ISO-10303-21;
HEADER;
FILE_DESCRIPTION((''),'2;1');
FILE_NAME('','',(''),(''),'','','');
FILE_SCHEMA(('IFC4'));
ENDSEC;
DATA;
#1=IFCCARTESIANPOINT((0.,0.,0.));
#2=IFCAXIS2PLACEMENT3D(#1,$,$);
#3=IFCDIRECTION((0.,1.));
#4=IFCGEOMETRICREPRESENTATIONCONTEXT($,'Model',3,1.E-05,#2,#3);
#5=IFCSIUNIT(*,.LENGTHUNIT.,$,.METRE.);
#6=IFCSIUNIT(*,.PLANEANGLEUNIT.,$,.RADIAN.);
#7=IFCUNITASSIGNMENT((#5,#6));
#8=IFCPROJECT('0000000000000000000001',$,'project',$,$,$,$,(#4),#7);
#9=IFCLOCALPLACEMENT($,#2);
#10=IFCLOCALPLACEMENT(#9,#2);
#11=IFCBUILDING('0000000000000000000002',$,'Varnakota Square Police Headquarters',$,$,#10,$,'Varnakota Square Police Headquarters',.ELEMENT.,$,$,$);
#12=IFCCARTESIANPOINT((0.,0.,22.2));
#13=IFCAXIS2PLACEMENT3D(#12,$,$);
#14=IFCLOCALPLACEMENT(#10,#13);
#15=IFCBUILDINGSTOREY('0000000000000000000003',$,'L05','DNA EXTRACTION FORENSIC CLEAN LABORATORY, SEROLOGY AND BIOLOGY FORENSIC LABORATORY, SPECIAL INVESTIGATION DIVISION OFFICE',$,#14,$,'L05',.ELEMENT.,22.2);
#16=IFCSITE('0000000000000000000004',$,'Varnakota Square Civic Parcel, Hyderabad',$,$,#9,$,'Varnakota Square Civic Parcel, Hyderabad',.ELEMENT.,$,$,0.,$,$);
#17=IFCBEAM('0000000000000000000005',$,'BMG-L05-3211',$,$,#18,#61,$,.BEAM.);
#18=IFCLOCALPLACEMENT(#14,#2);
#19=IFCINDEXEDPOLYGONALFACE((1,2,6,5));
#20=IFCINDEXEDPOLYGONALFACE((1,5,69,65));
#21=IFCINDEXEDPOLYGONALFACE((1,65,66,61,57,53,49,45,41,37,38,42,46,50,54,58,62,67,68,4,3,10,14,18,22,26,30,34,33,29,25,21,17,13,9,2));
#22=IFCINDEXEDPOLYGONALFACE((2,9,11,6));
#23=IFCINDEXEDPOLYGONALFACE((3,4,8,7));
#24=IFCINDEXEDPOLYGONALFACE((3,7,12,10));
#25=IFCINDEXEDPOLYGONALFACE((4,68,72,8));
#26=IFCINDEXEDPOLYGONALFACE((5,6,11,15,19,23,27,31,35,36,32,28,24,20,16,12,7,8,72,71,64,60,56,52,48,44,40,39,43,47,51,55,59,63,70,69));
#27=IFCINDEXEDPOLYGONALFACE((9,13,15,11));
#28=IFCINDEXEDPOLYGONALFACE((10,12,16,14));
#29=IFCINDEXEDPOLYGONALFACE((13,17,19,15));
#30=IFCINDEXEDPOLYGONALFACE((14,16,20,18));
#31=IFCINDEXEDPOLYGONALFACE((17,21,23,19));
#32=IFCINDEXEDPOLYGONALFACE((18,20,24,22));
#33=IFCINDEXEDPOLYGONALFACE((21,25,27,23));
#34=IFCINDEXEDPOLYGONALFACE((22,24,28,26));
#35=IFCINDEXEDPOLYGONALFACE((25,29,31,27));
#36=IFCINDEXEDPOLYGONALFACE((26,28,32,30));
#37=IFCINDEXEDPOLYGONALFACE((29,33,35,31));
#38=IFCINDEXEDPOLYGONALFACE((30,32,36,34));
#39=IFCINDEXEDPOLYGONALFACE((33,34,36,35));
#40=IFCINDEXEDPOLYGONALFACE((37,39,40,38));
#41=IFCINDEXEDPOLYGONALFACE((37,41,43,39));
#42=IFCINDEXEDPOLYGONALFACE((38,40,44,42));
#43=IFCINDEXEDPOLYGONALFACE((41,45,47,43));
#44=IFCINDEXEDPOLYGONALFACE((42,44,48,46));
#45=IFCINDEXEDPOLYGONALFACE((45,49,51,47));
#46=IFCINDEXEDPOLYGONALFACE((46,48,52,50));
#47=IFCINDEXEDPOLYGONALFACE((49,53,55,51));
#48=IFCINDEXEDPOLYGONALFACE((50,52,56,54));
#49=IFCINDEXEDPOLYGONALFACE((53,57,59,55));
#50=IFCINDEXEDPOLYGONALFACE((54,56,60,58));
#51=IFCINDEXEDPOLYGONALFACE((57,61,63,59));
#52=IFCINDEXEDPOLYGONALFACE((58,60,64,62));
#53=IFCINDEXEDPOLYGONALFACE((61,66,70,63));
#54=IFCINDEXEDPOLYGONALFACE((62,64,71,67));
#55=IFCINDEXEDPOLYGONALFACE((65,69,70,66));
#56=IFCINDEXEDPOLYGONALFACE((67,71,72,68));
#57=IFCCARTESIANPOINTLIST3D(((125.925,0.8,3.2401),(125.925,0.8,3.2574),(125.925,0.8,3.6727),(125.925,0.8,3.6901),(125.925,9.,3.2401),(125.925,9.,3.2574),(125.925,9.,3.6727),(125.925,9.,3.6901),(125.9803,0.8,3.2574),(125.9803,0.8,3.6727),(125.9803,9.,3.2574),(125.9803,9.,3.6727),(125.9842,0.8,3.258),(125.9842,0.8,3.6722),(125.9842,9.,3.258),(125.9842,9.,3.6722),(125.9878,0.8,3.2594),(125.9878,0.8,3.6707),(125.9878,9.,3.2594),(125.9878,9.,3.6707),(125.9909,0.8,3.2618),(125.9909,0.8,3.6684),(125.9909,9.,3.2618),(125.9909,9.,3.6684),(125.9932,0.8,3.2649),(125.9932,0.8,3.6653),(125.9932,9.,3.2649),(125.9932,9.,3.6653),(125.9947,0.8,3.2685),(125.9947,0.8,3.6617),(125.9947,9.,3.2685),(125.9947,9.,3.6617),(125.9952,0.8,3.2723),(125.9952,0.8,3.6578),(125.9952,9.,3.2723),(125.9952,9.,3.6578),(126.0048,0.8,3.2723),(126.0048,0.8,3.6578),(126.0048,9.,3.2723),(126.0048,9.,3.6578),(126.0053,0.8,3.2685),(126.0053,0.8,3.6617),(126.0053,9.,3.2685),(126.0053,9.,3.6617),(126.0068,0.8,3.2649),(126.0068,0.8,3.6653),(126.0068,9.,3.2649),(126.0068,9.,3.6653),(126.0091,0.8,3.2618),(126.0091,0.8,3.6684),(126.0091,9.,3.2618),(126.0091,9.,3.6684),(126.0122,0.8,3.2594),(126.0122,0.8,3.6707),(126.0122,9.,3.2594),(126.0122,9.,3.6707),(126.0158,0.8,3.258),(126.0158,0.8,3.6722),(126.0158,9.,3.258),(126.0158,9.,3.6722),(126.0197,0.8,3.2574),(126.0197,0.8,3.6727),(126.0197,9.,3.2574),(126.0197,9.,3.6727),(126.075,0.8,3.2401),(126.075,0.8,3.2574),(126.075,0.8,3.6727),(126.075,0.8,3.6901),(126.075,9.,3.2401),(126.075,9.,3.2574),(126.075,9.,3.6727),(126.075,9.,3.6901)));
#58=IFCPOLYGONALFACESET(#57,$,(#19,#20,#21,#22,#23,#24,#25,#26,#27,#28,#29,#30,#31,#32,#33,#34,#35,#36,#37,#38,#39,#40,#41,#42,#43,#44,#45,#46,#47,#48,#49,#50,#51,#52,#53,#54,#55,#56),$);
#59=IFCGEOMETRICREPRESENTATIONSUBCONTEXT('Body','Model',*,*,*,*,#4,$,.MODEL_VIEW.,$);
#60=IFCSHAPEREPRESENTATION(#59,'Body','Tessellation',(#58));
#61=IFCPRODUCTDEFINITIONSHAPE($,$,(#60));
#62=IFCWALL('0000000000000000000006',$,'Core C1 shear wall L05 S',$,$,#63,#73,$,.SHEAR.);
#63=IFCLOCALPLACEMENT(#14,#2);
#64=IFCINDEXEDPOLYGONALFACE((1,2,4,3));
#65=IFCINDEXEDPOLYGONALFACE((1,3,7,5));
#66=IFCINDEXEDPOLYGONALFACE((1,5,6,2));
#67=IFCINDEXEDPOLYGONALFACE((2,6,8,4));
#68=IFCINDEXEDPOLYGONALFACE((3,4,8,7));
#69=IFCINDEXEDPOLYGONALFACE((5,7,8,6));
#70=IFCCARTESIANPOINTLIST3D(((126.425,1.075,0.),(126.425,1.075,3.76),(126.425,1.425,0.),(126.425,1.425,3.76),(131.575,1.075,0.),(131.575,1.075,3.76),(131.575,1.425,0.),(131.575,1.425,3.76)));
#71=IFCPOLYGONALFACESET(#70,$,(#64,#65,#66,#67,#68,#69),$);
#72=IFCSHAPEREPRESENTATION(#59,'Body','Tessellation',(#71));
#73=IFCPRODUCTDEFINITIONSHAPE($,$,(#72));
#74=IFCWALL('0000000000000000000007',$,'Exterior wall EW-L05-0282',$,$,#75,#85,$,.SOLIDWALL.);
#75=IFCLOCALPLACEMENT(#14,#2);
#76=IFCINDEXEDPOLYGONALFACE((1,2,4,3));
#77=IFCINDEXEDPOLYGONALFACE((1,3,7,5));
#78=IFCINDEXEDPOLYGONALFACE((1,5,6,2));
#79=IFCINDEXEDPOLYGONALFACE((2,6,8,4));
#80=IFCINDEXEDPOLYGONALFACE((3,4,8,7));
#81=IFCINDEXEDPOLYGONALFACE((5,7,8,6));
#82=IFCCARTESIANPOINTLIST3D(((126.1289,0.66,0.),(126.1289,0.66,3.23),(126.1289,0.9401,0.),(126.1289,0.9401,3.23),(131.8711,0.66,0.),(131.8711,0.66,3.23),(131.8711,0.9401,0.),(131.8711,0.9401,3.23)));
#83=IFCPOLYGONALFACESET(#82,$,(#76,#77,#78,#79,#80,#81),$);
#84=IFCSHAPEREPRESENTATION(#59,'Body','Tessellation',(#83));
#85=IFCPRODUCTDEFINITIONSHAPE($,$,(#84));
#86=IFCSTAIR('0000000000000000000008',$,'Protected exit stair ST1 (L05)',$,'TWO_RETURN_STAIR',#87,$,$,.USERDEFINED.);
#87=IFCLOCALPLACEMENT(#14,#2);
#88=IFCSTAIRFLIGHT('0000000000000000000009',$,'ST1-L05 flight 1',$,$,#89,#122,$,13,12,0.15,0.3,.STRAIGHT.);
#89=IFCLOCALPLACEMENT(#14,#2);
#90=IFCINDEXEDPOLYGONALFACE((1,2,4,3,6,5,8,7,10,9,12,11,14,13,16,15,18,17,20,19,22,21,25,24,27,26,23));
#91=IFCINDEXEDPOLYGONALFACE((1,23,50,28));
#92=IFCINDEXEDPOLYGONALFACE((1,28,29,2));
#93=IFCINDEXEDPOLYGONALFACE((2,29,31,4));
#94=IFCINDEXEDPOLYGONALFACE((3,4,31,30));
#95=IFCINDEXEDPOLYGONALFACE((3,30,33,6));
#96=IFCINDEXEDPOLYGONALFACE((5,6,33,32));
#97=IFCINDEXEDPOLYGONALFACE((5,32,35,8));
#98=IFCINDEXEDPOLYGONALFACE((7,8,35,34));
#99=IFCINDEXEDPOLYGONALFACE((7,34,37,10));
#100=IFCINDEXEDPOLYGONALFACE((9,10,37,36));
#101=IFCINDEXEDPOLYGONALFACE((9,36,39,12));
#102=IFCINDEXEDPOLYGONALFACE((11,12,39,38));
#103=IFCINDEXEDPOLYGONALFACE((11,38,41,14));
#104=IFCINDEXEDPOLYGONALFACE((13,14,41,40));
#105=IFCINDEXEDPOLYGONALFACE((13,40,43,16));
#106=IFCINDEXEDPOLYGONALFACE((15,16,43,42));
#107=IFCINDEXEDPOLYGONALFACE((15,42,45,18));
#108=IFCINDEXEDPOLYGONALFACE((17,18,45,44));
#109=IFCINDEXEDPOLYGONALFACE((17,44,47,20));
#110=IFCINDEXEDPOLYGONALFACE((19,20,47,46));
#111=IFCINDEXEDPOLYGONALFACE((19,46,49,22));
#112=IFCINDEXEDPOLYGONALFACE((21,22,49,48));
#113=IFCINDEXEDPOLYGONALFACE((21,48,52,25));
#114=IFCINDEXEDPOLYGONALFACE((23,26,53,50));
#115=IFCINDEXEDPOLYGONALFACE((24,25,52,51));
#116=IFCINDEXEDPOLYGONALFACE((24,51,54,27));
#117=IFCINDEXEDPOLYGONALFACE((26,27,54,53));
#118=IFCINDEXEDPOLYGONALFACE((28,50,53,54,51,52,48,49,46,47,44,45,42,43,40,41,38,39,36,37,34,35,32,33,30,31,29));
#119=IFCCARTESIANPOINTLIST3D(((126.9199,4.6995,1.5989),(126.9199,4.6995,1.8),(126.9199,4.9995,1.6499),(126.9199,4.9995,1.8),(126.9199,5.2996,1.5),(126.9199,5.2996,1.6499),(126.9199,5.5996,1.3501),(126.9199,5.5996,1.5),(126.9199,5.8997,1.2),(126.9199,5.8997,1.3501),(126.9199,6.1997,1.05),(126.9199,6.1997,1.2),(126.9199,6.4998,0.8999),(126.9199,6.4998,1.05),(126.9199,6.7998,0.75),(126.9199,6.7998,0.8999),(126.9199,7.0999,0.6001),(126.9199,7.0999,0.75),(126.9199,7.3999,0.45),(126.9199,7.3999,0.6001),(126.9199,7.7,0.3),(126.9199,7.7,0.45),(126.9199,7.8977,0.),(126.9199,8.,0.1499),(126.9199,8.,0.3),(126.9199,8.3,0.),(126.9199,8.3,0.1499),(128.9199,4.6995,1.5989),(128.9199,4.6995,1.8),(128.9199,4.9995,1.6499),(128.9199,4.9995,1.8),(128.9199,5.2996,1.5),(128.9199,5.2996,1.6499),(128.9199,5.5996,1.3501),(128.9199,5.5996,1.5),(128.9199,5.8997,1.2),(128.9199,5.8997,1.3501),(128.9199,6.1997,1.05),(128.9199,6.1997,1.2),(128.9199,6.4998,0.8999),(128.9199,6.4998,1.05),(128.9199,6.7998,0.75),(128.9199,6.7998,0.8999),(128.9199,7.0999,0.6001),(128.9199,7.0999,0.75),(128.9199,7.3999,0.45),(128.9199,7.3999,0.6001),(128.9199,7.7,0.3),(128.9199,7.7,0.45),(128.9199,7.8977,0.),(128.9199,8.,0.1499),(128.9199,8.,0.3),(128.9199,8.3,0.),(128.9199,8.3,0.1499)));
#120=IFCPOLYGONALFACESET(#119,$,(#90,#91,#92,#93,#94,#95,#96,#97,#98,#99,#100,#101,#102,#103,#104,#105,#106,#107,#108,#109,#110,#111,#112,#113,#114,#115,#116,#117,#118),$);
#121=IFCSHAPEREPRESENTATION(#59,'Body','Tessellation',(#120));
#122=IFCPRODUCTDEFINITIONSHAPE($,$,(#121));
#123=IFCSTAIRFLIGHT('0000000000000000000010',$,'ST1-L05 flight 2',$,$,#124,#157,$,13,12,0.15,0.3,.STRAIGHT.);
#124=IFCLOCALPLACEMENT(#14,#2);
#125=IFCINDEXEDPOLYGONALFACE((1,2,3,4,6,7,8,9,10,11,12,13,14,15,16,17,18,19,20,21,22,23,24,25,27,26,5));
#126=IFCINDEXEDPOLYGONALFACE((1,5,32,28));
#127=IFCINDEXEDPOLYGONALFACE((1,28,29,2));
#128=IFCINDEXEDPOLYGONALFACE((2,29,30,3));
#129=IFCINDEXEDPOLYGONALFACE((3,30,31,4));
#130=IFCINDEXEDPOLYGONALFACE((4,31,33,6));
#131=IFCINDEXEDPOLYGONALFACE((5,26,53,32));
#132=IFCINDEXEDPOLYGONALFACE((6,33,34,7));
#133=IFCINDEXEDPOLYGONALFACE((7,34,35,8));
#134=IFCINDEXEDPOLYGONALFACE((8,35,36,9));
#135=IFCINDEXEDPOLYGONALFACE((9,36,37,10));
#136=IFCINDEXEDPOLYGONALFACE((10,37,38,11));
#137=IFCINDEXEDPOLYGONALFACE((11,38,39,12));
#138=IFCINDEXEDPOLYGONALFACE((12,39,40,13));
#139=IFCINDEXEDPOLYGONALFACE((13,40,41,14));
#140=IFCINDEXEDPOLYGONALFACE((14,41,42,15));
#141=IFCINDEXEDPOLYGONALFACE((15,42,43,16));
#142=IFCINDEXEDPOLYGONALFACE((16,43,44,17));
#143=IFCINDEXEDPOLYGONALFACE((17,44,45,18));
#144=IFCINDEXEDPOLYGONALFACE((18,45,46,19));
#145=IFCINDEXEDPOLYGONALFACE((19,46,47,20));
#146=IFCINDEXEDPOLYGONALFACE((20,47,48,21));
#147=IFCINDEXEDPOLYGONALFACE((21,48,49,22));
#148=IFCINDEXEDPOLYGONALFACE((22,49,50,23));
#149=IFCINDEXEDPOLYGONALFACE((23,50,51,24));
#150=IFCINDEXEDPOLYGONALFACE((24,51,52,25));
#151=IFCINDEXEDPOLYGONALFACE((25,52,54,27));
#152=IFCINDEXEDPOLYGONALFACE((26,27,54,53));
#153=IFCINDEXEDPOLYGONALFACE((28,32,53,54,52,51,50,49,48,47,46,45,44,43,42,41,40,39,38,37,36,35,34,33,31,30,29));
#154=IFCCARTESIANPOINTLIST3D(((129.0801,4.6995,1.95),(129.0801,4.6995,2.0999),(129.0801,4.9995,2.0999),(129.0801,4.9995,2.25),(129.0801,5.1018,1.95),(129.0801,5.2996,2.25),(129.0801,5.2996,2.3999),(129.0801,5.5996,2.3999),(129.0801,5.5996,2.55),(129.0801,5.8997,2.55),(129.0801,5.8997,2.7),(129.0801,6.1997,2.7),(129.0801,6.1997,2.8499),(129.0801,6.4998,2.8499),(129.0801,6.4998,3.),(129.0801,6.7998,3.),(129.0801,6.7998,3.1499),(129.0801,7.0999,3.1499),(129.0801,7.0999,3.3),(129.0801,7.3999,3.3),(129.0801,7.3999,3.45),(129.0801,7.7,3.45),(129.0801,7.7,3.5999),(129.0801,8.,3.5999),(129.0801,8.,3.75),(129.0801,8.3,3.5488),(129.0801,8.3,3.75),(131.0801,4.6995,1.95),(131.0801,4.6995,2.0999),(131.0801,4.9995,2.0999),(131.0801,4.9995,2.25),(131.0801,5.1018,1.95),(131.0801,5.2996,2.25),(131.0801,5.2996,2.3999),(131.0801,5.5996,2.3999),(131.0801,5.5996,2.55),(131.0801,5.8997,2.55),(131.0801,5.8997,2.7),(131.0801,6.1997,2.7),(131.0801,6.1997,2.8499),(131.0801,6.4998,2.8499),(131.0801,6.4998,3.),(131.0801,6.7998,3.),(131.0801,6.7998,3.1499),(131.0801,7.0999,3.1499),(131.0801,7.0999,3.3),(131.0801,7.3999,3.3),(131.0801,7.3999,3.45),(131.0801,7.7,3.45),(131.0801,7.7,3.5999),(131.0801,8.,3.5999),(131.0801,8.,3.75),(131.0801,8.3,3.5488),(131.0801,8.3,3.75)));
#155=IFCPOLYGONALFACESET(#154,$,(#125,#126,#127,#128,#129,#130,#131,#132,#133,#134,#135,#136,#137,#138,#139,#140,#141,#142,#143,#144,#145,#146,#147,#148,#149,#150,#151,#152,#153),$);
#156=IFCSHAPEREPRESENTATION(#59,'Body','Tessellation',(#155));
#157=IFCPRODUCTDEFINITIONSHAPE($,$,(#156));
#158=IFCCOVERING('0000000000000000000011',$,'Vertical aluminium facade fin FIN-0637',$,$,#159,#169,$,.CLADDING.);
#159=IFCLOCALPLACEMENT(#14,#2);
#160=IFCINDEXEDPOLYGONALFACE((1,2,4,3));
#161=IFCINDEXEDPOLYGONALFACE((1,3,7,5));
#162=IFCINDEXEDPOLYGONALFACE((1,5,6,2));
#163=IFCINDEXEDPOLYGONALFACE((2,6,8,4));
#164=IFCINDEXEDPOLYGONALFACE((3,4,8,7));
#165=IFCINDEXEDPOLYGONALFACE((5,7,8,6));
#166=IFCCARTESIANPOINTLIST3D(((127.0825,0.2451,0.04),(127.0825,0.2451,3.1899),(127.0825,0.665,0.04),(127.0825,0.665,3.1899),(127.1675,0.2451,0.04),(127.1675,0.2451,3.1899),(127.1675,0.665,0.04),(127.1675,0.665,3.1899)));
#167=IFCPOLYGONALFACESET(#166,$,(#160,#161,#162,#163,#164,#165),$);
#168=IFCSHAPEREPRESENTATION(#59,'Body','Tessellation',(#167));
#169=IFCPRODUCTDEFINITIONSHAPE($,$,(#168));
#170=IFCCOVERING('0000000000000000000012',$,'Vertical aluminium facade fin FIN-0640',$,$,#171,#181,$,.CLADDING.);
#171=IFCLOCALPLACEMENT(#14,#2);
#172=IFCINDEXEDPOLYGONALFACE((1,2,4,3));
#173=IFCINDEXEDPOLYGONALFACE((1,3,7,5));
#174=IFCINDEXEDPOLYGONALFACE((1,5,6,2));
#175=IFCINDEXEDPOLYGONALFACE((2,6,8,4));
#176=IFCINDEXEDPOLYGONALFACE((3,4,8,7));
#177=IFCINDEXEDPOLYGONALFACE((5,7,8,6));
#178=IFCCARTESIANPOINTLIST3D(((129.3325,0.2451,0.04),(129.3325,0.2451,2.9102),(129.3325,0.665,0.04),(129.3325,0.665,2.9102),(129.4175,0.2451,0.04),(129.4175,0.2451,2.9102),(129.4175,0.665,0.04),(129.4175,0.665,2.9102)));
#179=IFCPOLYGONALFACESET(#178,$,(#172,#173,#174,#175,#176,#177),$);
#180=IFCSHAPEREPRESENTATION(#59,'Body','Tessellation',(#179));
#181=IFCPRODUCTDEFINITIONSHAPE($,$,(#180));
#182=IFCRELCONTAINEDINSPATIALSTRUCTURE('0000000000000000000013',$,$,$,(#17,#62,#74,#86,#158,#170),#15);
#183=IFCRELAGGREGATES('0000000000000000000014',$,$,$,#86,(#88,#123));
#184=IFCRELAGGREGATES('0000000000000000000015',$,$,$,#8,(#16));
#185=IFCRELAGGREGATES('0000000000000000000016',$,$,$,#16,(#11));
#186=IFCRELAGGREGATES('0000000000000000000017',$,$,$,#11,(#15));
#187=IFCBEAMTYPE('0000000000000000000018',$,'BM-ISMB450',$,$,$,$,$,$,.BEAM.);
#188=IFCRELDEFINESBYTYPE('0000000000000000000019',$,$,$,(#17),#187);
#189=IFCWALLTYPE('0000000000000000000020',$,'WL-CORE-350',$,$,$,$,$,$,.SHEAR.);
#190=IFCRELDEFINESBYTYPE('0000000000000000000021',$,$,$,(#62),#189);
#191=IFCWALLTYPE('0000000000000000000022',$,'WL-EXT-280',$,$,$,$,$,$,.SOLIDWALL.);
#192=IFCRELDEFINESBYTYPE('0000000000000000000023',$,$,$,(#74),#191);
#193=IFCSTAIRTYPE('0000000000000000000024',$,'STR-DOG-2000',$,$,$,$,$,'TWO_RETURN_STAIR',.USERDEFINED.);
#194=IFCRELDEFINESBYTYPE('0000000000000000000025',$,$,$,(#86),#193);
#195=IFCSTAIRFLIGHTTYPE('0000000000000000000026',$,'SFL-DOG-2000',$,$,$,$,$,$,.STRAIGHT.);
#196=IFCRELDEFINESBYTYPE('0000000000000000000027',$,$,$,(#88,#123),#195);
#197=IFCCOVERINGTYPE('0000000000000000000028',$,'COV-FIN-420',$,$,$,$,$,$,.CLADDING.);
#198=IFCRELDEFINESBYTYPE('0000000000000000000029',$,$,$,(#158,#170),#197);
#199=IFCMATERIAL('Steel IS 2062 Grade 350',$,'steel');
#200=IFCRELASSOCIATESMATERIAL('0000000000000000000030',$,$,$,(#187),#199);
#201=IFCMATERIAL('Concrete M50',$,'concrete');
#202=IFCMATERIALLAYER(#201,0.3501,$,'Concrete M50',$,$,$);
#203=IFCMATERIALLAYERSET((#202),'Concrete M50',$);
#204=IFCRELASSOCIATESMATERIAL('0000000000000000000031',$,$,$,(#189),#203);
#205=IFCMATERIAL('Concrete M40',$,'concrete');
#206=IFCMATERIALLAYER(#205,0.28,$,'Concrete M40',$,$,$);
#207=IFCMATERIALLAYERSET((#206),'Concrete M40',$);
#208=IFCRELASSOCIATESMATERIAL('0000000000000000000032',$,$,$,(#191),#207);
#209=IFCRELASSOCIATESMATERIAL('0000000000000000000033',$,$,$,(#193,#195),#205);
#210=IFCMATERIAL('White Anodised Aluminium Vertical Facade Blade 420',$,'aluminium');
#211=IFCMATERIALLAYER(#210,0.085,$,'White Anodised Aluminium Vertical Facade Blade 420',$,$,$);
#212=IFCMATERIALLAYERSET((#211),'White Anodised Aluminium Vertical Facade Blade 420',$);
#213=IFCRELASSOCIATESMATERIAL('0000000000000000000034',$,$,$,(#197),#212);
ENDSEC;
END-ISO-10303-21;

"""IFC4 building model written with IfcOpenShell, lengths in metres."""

from ifc_helpers import new_model, si_unit, direction, frame, frame_2d, origin, origin_2d, place, context, subcontext, project, spatial, polyline, rectangle, i_section, outline, extrude, material, layer, layer_set, material_profile, profile_set, type_object, element, aggregate, save


model = new_model("IFC4")

# Units and contexts
model_context = context("Model", 3, precision=1e-05, world=origin(), true_north=direction((0.0, 1.0)))
body_context = subcontext(model_context, "Body", "Model", "MODEL_VIEW")
ifc_project = project(units=[si_unit("LENGTHUNIT", "METRE"), si_unit("PLANEANGLEUNIT", "RADIAN")], contexts=[model_context])

# Site, building, storey
site_placement = place(None, origin())
site = spatial("IfcSite", under=ifc_project, at=site_placement, Name="Varnakota Square Civic Parcel, Hyderabad", LongName="Varnakota Square Civic Parcel, Hyderabad", CompositionType="ELEMENT", RefElevation=0.0)
building_placement = place(site_placement, origin())
building = spatial("IfcBuilding", under=site, at=building_placement, Name="Varnakota Square Police Headquarters", LongName="Varnakota Square Police Headquarters", CompositionType="ELEMENT")
storey_placement = place(building_placement, frame((0.0, 0.0, 22.2)))
storey = spatial("IfcBuildingStorey", under=building, at=storey_placement, Name="L05", Description="DNA EXTRACTION FORENSIC CLEAN LABORATORY, SEROLOGY AND BIOLOGY FORENSIC LABORATORY, SPECIAL INVESTIGATION DIVISION OFFICE", LongName="L05", CompositionType="ELEMENT", Elevation=22.2)

# Shared definitions
ifc_material_1 = material(Name="Steel IS 2062 Grade 350", Category="steel")

# Beam
ifc_material_profile_1 = material_profile(ifc_material_1, i_section(OverallWidth=0.1499, OverallDepth=0.45, WebThickness=0.0095, FlangeThickness=0.0173, FilletRadius=0.0149, at=origin_2d()), Name="ISMB 450")
ifc_profile_set_1 = profile_set([ifc_material_profile_1], Name="Steel IS 2062 Grade 350")
beam_type_1 = type_object("IfcBeamType", Name="BM-ISMB450", PredefinedType="BEAM", material=ifc_profile_set_1)
beam_1_placement = place(storey_placement, frame((126.0, 0.8, 3.4651), z_axis=(0.0, 1.0, 0.0), x_axis=(-1.0, 0.0, 0.0)))
element("IfcBeam", 1, at=beam_1_placement, inside=storey, type_object=beam_type_1, Name="BMG-L05-3211", PredefinedType="BEAM", context=body_context, shape_type="SweptSolid", body=[
    extrude(i_section(OverallWidth=0.1499, OverallDepth=0.45, WebThickness=0.0095, FlangeThickness=0.0173, FilletRadius=0.0149, at=origin_2d()), origin(), (0.0, 0.0, 1.0), 8.2),
])

# Walls
ifc_material_2 = material(Name="Concrete M50", Category="concrete")
ifc_layer_1 = layer(ifc_material_2, 0.3501, Name="Concrete M50")
ifc_layer_set_1 = layer_set([ifc_layer_1], Name="Concrete M50")
wall_type_1 = type_object("IfcWallType", Name="WL-CORE-350", PredefinedType="SHEAR", material=ifc_layer_set_1)
wall_1_placement = place(storey_placement, frame((126.425, 1.25, 0.0), z_axis=(0.0, 0.0, 1.0), x_axis=(1.0, 0.0, 0.0)))
element("IfcWall", 2, at=wall_1_placement, inside=storey, type_object=wall_type_1, Name="Core C1 shear wall L05 S", PredefinedType="SHEAR", context=body_context, shape_type="SweptSolid", body=[
    extrude(rectangle(XDim=5.1499, YDim=0.3501, at=frame_2d((2.575, 0.0))), origin(), (0.0, 0.0, 1.0), 3.76),
])
ifc_material_3 = material(Name="Concrete M40", Category="concrete")
ifc_layer_2 = layer(ifc_material_3, 0.28, Name="Concrete M40")
ifc_layer_set_2 = layer_set([ifc_layer_2], Name="Concrete M40")
wall_type_2 = type_object("IfcWallType", Name="WL-EXT-280", PredefinedType="SOLIDWALL", material=ifc_layer_set_2)
wall_2_placement = place(storey_placement, frame((126.1289, 0.8, 0.0), z_axis=(0.0, 0.0, 1.0), x_axis=(1.0, 0.0, 0.0)))
element("IfcWall", 3, at=wall_2_placement, inside=storey, type_object=wall_type_2, Name="Exterior wall EW-L05-0282", PredefinedType="SOLIDWALL", context=body_context, shape_type="SweptSolid", body=[
    extrude(rectangle(XDim=5.7422, YDim=0.28, at=frame_2d((2.8711, 0.0))), origin(), (0.0, 0.0, 1.0), 3.23),
])

# Stair, stair flights
stair_type = type_object("IfcStairType", Name="STR-DOG-2000", ElementType="TWO_RETURN_STAIR", PredefinedType="USERDEFINED", material=ifc_material_3)
stair_placement = place(storey_placement, origin())
stair = element("IfcStair", 4, at=stair_placement, inside=storey, type_object=stair_type, Name="Protected exit stair ST1 (L05)", ObjectType="TWO_RETURN_STAIR", PredefinedType="USERDEFINED")
stair_flight_type = type_object("IfcStairFlightType", Name="SFL-DOG-2000", PredefinedType="STRAIGHT", material=ifc_material_3)
stair_flight_1_placement = place(storey_placement, frame((127.9199, 8.3, 0.0), z_axis=(0.0, 0.0, 1.0), x_axis=(0.0, -1.0, 0.0)))
stair_flight_1 = element("IfcStairFlight", 5, at=stair_flight_1_placement, type_object=stair_flight_type, Name="ST1-L05 flight 1", NumberOfRisers=13, NumberOfTreads=12, PredefinedType="STRAIGHT", RiserHeight=0.15, TreadLength=0.3, context=body_context, shape_type="SweptSolid", body=[
    extrude(outline(polyline([(0.0, 0.0), (0.0, 0.1499), (0.3, 0.1499), (0.3, 0.3), (0.6001, 0.3), (0.6001, 0.45), (0.9001, 0.45), (0.9001, 0.6001), (1.2002, 0.6001), (1.2002, 0.75), (1.5002, 0.75), (1.5002, 0.8999), (1.8003, 0.8999), (1.8003, 1.05), (2.1003, 1.05), (2.1003, 1.2), (2.4004, 1.2), (2.4004, 1.3501), (2.7004, 1.3501), (2.7004, 1.5), (3.0005, 1.5), (3.0005, 1.6499), (3.3005, 1.6499), (3.3005, 1.8), (3.6006, 1.8), (3.6006, 1.95), (3.6006, 1.5989), (0.4023, 0.0), (0.0, 0.0)])), frame((0.0, 1.0, 0.0), z_axis=(0.0, -1.0, 0.0), x_axis=(1.0, 0.0, 0.0)), (0.0, 0.0, 1.0), 2.0),
])
stair_flight_2_placement = place(storey_placement, frame((130.0801, 4.6995, 1.95), z_axis=(0.0, 0.0, 1.0), x_axis=(0.0, 1.0, 0.0)))
stair_flight_2 = element("IfcStairFlight", 6, at=stair_flight_2_placement, type_object=stair_flight_type, Name="ST1-L05 flight 2", NumberOfRisers=13, NumberOfTreads=12, PredefinedType="STRAIGHT", RiserHeight=0.15, TreadLength=0.3, context=body_context, shape_type="SweptSolid", body=[
    extrude(outline(polyline([(0.0, 0.0), (0.0, 0.1499), (0.3, 0.1499), (0.3, 0.3), (0.6001, 0.3), (0.6001, 0.45), (0.9001, 0.45), (0.9001, 0.6001), (1.2002, 0.6001), (1.2002, 0.75), (1.5002, 0.75), (1.5002, 0.8999), (1.8003, 0.8999), (1.8003, 1.05), (2.1003, 1.05), (2.1003, 1.2), (2.4004, 1.2), (2.4004, 1.3501), (2.7004, 1.3501), (2.7004, 1.5), (3.0005, 1.5), (3.0005, 1.6499), (3.3005, 1.6499), (3.3005, 1.8), (3.6006, 1.8), (3.6006, 1.95), (3.6006, 1.5989), (0.4023, 0.0), (0.0, 0.0)])), frame((0.0, 1.0, 0.0), z_axis=(0.0, -1.0, 0.0), x_axis=(1.0, 0.0, 0.0)), (0.0, 0.0, 1.0), 2.0),
])
aggregate(stair, [stair_flight_1, stair_flight_2])

# Coverings
ifc_material_4 = material(Name="White Anodised Aluminium Vertical Facade Blade 420", Category="aluminium")
ifc_layer_3 = layer(ifc_material_4, 0.085, Name="White Anodised Aluminium Vertical Facade Blade 420")
ifc_layer_set_3 = layer_set([ifc_layer_3], Name="White Anodised Aluminium Vertical Facade Blade 420")
covering_type_1 = type_object("IfcCoveringType", Name="COV-FIN-420", PredefinedType="CLADDING", material=ifc_layer_set_3)
covering_1_placement = place(storey_placement, frame((127.125, 0.4551, 0.04), z_axis=(0.0, 0.0, 1.0), x_axis=(1.0, 0.0, 0.0)))
element("IfcCovering", 7, at=covering_1_placement, inside=storey, type_object=covering_type_1, Name="Vertical aluminium facade fin FIN-0637", PredefinedType="CLADDING", context=body_context, shape_type="SweptSolid", body=[
    extrude(rectangle(XDim=0.085, YDim=0.4199, at=origin_2d()), origin(), (0.0, 0.0, 1.0), 3.1499),
])
covering_2_placement = place(storey_placement, frame((129.375, 0.4551, 0.04), z_axis=(0.0, 0.0, 1.0), x_axis=(1.0, 0.0, 0.0)))
element("IfcCovering", 8, at=covering_2_placement, inside=storey, type_object=covering_type_1, Name="Vertical aluminium facade fin FIN-0640", PredefinedType="CLADDING", context=body_context, shape_type="SweptSolid", body=[
    extrude(rectangle(XDim=0.085, YDim=0.4199, at=origin_2d()), origin(), (0.0, 0.0, 1.0), 2.8701),
])

save(model, "model.ifc")
